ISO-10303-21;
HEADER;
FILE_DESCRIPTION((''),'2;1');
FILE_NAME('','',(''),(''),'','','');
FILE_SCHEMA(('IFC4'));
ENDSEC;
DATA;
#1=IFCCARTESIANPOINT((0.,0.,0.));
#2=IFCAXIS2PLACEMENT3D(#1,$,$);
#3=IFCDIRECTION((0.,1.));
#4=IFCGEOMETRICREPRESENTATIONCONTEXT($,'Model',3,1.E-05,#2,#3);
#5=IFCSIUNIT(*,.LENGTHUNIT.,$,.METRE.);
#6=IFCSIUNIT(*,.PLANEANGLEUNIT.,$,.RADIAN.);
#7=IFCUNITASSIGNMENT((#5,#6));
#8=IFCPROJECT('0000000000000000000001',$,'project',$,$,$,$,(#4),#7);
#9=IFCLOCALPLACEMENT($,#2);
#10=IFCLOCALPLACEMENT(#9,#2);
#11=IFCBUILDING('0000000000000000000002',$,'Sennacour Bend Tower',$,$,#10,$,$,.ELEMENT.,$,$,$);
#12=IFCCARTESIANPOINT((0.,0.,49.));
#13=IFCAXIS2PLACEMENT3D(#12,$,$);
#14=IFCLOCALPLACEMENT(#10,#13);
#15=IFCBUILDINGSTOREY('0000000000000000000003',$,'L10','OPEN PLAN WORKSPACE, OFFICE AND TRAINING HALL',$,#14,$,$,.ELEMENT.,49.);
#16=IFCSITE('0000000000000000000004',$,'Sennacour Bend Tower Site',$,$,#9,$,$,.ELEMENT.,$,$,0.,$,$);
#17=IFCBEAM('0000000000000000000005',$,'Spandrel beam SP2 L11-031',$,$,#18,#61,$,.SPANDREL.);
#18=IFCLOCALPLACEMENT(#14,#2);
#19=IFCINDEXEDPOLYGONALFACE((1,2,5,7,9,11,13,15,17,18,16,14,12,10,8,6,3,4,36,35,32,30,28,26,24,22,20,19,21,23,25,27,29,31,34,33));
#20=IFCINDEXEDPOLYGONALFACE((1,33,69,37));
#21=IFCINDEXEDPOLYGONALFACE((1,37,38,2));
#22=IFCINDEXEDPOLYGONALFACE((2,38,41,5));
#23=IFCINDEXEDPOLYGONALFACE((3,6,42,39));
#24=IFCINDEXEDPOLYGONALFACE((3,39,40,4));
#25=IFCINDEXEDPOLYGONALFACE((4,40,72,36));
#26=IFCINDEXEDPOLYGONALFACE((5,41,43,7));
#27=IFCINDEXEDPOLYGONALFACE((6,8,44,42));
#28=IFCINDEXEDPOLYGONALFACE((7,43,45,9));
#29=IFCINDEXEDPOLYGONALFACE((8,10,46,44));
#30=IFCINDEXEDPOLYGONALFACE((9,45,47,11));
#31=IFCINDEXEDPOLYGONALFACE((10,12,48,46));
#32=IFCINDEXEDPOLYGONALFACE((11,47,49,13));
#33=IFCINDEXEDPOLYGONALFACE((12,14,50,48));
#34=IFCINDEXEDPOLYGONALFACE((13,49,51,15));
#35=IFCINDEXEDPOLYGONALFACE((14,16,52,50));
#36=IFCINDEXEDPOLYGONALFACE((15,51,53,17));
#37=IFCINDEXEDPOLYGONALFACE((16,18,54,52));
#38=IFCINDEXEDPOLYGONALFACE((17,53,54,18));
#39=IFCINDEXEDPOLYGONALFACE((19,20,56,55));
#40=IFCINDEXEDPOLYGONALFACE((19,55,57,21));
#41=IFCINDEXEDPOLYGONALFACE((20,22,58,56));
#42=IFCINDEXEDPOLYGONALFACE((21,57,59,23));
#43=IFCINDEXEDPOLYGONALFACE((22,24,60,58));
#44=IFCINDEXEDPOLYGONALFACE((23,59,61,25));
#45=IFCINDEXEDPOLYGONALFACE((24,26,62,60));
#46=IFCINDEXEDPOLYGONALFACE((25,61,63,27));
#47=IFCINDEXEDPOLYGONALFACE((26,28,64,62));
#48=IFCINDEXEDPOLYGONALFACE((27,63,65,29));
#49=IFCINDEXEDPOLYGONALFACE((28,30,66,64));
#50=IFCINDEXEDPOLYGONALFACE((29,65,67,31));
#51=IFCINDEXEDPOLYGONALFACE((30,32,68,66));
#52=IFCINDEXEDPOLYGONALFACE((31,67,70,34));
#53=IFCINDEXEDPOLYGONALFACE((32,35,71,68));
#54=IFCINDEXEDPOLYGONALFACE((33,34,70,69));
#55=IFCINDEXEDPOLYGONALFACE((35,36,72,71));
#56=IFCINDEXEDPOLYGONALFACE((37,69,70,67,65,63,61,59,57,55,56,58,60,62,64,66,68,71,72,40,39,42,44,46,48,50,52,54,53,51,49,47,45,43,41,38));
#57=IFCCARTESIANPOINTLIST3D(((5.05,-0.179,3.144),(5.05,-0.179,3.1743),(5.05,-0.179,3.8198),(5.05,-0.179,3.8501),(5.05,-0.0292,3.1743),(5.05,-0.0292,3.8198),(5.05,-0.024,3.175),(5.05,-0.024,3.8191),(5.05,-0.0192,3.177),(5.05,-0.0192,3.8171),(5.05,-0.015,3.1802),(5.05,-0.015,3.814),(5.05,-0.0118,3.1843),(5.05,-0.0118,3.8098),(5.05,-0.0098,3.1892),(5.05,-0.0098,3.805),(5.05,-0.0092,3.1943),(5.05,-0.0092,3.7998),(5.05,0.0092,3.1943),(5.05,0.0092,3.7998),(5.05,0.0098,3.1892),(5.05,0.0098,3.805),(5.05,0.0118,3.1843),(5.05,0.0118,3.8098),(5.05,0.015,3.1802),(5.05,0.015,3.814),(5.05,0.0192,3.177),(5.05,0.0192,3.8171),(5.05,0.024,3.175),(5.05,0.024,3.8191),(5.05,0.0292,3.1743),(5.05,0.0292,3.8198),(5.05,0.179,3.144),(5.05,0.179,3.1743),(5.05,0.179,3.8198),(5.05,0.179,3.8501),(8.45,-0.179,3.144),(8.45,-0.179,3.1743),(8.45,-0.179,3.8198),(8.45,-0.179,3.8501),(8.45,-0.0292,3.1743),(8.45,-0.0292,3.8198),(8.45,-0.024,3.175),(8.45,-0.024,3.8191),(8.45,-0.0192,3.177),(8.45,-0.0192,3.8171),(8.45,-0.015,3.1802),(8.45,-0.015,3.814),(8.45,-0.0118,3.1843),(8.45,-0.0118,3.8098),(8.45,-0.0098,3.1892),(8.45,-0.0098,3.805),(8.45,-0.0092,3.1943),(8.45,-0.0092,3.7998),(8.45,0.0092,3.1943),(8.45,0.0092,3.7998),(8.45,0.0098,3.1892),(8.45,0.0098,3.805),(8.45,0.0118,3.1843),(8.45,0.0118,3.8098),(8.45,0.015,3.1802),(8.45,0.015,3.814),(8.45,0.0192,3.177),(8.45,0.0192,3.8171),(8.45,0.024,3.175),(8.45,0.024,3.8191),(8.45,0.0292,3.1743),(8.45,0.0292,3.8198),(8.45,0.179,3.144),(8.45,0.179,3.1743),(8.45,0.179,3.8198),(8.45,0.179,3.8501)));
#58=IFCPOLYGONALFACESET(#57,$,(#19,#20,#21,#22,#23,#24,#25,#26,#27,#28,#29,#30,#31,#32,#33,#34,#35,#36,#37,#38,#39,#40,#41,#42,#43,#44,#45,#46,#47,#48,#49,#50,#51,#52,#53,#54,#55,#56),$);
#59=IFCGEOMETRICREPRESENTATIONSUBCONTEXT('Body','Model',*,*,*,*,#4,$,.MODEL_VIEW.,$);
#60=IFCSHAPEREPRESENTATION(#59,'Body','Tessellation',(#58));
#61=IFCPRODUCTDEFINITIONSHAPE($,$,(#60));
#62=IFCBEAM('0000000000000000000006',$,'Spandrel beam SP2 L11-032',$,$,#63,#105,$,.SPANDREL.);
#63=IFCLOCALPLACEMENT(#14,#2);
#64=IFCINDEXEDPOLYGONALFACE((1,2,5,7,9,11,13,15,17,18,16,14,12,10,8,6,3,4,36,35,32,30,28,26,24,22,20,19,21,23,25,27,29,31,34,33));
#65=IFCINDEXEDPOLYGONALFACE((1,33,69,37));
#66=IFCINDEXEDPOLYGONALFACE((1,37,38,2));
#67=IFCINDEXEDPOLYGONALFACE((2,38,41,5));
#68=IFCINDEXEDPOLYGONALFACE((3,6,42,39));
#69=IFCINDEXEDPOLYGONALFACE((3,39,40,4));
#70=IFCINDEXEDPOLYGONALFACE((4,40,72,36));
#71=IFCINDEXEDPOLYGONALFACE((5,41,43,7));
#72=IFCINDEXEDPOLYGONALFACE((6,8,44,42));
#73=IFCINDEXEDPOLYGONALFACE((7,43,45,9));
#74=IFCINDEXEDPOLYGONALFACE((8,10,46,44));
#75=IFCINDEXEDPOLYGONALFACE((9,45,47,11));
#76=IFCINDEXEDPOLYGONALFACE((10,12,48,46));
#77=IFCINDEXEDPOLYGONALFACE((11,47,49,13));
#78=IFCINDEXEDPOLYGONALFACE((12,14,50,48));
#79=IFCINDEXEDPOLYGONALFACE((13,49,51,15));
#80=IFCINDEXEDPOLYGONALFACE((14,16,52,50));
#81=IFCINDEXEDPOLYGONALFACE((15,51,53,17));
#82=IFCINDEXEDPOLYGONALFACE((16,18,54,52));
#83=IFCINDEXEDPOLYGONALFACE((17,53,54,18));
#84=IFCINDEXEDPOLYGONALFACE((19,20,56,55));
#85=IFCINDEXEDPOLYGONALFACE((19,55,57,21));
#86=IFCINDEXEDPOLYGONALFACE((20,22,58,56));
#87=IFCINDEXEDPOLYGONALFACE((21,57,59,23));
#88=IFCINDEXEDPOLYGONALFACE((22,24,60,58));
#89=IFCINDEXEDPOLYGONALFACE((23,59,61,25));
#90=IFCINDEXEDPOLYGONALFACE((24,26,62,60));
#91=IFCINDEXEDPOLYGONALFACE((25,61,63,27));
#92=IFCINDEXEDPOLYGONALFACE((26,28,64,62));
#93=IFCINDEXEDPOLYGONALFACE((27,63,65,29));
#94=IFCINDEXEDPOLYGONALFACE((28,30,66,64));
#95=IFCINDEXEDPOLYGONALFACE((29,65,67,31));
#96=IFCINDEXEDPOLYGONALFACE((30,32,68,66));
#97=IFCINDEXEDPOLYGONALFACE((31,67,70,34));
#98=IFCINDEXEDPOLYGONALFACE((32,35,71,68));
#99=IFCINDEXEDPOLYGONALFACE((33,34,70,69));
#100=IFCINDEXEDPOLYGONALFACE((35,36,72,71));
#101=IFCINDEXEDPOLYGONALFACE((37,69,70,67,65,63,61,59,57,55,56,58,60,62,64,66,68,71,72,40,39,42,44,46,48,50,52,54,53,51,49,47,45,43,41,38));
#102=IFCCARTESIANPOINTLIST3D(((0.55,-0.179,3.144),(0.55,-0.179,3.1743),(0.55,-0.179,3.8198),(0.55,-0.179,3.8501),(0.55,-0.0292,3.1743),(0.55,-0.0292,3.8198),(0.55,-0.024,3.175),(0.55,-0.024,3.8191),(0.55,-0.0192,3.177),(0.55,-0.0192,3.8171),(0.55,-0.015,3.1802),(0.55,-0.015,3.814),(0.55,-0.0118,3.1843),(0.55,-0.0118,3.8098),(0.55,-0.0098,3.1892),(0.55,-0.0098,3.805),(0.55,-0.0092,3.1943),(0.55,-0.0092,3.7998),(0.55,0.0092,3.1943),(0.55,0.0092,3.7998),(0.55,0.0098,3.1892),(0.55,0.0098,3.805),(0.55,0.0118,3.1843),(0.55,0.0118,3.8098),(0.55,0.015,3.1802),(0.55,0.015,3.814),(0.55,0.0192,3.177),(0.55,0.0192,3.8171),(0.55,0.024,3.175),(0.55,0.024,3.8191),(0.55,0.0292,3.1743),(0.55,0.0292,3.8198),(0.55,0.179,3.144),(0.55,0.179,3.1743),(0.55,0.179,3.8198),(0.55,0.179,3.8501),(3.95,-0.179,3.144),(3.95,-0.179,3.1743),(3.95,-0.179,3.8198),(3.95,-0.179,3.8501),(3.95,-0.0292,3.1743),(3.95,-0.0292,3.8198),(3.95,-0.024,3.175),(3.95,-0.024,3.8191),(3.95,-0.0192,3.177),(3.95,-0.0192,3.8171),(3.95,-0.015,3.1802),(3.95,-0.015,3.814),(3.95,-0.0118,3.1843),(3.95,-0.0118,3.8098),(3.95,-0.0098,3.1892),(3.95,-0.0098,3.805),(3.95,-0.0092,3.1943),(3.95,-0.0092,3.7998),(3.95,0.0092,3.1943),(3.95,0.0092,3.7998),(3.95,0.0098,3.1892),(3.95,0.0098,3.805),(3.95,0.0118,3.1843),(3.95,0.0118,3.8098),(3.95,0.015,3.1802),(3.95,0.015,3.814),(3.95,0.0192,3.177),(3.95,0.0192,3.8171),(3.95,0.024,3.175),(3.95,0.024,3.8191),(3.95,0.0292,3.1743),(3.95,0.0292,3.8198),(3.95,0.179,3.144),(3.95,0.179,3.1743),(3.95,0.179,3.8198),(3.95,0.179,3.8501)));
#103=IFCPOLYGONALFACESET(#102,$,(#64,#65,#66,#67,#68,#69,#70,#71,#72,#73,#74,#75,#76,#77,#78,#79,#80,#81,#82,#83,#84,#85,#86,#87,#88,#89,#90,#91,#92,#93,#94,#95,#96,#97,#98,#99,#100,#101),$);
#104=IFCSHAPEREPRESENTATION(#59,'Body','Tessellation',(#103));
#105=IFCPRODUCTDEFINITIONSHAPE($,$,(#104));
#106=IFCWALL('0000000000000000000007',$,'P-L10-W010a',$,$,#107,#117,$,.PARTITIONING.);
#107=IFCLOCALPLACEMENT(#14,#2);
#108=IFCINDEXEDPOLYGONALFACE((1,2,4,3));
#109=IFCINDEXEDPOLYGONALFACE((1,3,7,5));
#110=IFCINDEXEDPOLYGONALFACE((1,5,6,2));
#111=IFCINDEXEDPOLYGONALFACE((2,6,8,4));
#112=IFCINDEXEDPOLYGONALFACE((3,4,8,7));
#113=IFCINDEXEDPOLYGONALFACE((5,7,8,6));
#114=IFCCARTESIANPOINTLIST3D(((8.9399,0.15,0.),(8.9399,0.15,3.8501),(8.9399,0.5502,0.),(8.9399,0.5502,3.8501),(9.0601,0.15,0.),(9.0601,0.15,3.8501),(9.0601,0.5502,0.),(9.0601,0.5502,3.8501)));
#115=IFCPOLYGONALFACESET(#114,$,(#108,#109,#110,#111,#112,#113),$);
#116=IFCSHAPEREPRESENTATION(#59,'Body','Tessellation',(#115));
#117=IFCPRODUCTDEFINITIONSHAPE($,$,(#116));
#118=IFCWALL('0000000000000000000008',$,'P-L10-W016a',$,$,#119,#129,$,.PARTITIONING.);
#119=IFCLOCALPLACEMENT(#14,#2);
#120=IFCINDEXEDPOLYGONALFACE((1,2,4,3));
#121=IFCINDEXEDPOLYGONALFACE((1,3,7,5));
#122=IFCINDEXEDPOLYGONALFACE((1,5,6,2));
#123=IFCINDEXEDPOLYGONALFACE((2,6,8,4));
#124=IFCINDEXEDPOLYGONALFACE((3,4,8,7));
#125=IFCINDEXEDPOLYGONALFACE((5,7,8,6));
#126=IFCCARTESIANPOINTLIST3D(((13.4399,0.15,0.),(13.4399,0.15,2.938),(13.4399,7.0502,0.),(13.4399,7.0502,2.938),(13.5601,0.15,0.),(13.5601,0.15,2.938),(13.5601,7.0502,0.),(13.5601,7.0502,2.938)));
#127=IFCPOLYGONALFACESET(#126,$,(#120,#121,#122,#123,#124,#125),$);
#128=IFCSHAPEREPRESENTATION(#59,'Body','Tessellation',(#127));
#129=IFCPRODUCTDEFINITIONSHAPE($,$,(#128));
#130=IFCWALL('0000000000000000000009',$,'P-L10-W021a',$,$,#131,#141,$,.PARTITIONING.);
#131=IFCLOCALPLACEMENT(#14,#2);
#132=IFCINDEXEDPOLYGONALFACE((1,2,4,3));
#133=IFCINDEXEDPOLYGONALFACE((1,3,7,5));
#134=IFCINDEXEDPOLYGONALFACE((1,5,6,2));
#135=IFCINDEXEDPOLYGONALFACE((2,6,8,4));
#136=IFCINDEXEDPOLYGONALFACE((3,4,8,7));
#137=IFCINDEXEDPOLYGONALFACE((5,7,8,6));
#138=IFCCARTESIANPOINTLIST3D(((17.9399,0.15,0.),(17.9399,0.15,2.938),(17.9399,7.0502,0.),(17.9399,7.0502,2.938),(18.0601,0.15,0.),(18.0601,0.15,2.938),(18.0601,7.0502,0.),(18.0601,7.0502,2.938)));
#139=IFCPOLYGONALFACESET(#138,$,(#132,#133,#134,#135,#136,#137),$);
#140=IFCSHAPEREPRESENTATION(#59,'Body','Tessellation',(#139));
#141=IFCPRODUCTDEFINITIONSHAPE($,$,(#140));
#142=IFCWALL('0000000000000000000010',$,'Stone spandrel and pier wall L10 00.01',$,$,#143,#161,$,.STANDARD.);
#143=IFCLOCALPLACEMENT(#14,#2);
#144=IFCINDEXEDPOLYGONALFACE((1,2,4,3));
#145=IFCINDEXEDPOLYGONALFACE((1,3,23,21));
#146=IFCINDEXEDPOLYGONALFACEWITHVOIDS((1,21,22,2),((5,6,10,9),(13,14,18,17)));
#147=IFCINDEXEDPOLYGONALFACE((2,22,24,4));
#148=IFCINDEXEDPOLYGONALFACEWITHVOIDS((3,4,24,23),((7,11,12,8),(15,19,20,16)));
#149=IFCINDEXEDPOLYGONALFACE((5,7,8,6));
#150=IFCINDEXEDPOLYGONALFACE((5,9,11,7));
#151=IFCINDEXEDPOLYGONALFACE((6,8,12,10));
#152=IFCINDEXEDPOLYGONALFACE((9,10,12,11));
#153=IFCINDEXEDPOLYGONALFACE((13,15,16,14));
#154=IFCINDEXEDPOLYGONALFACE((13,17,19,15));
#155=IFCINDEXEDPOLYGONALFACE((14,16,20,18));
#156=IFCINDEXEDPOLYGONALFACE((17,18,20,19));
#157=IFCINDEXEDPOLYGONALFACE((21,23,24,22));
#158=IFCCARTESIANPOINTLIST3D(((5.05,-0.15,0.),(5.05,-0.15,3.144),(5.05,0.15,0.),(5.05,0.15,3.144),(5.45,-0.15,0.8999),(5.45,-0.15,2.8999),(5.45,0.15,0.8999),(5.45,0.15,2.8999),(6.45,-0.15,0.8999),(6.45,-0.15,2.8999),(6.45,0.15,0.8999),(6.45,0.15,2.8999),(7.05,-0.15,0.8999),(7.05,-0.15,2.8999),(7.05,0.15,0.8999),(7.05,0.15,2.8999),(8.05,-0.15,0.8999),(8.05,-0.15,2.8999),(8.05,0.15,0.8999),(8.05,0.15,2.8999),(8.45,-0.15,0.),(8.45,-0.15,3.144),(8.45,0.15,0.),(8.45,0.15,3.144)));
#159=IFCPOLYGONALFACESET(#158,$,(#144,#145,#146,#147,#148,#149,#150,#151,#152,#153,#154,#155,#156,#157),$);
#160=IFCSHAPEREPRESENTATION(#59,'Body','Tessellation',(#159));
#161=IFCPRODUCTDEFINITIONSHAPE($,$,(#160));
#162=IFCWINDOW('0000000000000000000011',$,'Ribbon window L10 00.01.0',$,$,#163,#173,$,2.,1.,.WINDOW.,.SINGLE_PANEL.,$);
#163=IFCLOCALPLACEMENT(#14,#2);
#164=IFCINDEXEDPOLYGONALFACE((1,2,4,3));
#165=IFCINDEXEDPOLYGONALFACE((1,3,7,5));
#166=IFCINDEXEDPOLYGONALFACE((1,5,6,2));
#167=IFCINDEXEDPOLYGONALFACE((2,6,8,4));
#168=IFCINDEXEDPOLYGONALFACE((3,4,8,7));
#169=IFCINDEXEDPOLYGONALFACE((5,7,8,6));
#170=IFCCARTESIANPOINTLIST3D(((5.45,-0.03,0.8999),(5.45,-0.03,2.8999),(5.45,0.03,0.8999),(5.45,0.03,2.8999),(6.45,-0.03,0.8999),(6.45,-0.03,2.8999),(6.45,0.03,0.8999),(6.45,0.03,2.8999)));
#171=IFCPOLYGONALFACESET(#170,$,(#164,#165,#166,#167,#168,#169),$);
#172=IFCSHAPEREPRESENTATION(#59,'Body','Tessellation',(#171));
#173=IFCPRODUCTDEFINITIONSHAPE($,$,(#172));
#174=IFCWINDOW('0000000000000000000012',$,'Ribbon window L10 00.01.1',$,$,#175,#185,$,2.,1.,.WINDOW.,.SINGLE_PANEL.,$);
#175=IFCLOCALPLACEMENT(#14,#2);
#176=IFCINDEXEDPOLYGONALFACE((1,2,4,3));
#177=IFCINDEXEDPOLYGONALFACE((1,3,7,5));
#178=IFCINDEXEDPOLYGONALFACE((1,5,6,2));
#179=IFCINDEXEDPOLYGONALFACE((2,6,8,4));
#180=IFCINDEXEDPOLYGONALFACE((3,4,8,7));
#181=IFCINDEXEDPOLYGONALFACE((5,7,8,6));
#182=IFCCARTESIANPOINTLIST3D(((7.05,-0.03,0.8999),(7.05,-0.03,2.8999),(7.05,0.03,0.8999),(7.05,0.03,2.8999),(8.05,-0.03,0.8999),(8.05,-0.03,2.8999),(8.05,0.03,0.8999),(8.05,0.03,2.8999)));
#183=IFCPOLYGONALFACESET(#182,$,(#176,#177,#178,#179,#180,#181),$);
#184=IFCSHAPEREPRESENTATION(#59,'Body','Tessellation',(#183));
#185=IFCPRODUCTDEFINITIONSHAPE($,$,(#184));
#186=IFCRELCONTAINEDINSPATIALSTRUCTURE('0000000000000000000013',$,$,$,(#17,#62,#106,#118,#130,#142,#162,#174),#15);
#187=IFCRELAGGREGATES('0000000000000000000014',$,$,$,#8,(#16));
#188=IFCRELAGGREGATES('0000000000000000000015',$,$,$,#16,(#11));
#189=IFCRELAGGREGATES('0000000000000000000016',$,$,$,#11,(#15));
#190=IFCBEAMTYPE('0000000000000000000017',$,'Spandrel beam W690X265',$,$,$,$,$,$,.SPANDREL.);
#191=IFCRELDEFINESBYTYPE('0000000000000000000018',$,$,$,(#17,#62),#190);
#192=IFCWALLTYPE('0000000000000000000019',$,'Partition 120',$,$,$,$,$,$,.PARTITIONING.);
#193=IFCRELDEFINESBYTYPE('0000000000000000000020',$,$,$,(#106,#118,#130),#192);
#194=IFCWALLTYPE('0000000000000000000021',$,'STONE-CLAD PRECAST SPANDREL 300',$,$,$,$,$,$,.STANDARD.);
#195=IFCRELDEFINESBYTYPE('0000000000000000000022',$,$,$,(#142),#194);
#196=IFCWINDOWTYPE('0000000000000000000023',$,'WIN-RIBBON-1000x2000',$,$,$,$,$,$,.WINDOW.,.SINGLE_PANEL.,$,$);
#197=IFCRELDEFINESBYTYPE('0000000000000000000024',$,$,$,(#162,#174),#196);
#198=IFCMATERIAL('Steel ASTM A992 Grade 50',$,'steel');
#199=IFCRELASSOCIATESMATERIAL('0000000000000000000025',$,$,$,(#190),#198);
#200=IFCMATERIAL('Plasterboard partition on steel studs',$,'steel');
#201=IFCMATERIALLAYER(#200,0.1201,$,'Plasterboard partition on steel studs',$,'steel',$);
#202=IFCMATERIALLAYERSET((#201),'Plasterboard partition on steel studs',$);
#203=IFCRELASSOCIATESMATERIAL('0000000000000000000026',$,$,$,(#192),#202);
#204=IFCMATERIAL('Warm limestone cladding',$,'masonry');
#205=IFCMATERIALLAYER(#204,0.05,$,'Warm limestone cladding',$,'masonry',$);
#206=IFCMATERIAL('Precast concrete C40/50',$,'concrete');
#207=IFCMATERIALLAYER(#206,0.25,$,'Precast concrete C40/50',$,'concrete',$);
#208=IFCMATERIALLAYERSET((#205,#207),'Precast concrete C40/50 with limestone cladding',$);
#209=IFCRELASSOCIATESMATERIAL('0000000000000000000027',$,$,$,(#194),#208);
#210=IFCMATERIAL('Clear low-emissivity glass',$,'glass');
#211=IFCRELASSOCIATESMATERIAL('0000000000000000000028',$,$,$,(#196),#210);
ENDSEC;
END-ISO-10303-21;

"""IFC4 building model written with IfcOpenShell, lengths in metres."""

from ifc_helpers import new_model, si_unit, direction, frame, frame_2d, origin, origin_2d, place, context, subcontext, project, spatial, rectangle, i_section, extrude, material, layer, layer_set, material_profile, profile_set, type_object, element, fill, save


model = new_model("IFC4")

# Units and contexts
model_context = context("Model", 3, precision=1e-05, world=origin(), true_north=direction((0.0, 1.0)))
body_context = subcontext(model_context, "Body", "Model", "MODEL_VIEW")
ifc_project = project(units=[si_unit("LENGTHUNIT", "METRE"), si_unit("PLANEANGLEUNIT", "RADIAN")], contexts=[model_context])

# Site, building, storey
site_placement = place(None, origin())
site = spatial("IfcSite", under=ifc_project, at=site_placement, Name="Sennacour Bend Tower Site", CompositionType="ELEMENT", RefElevation=0.0)
building_placement = place(site_placement, origin())
building = spatial("IfcBuilding", under=site, at=building_placement, Name="Sennacour Bend Tower", CompositionType="ELEMENT")
storey_placement = place(building_placement, frame((0.0, 0.0, 49.0)))
storey = spatial("IfcBuildingStorey", under=building, at=storey_placement, Name="L10", Description="OPEN PLAN WORKSPACE, OFFICE AND TRAINING HALL", CompositionType="ELEMENT", Elevation=49.0)

# Beams
ifc_material_1 = material(Name="Steel ASTM A992 Grade 50", Category="steel")
ifc_material_profile_1 = material_profile(ifc_material_1, i_section(OverallWidth=0.3579, OverallDepth=0.7061, WebThickness=0.0183, FlangeThickness=0.0303, FilletRadius=0.02, at=origin_2d()), Name="Steel ASTM A992 Grade 50", Category="steel")
ifc_profile_set_1 = profile_set([ifc_material_profile_1], Name="Steel ASTM A992 Grade 50")
beam_type_1 = type_object("IfcBeamType", Name="Spandrel beam W690X265", PredefinedType="SPANDREL", material=ifc_profile_set_1)
for number, where, z_axis, x_axis, name in (
    (1, (8.45, 0.0, 3.4971), (-1.0, 0.0, 0.0), (0.0, -1.0, 0.0), "Spandrel beam SP2 L11-031"),
    (2, (3.95, 0.0, 3.4971), (-1.0, 0.0, 0.0), (0.0, -1.0, 0.0), "Spandrel beam SP2 L11-032"),
):
    element("IfcBeam", number, at=place(storey_placement, frame(where, z_axis=z_axis, x_axis=x_axis)), inside=storey, type_object=beam_type_1, Name=name, PredefinedType="SPANDREL", context=body_context, shape_type="SweptSolid", body=[
        extrude(i_section(OverallWidth=0.3579, OverallDepth=0.7061, WebThickness=0.0183, FlangeThickness=0.0303, FilletRadius=0.02, at=origin_2d()), origin(), (0.0, 0.0, 1.0), 3.3999),
    ])

# Walls
ifc_material_2 = material(Name="Plasterboard partition on steel studs", Category="steel")
ifc_layer_1 = layer(ifc_material_2, 0.1201, Name="Plasterboard partition on steel studs", Category="steel")
ifc_layer_set_1 = layer_set([ifc_layer_1], Name="Plasterboard partition on steel studs")
wall_type_1 = type_object("IfcWallType", Name="Partition 120", PredefinedType="PARTITIONING", material=ifc_layer_set_1)
wall_1_placement = place(storey_placement, frame((9.0, 0.1499, 0.0), z_axis=(0.0, 0.0, 1.0), x_axis=(0.0, 1.0, 0.0)))
element("IfcWall", 3, at=wall_1_placement, inside=storey, type_object=wall_type_1, Name="P-L10-W010a", PredefinedType="PARTITIONING", context=body_context, shape_type="SweptSolid", body=[
    extrude(rectangle(XDim=0.4001, YDim=0.1201, at=frame_2d((0.2002, 0.0))), origin(), (0.0, 0.0, 1.0), 3.8501),
])
for number, where, z_axis, x_axis, name in (
    (4, (13.5, 0.1499, 0.0), (0.0, 0.0, 1.0), (0.0, 1.0, 0.0), "P-L10-W016a"),
    (5, (18.0, 0.1499, 0.0), (0.0, 0.0, 1.0), (0.0, 1.0, 0.0), "P-L10-W021a"),
):
    element("IfcWall", number, at=place(storey_placement, frame(where, z_axis=z_axis, x_axis=x_axis)), inside=storey, type_object=wall_type_1, Name=name, PredefinedType="PARTITIONING", context=body_context, shape_type="SweptSolid", body=[
        extrude(rectangle(XDim=6.9001, YDim=0.1201, at=frame_2d((3.4502, 0.0))), origin(), (0.0, 0.0, 1.0), 2.938),
    ])

# Wall, openings, windows
ifc_material_3 = material(Name="Warm limestone cladding", Category="masonry")
ifc_layer_2 = layer(ifc_material_3, 0.05, Name="Warm limestone cladding", Category="masonry")
ifc_material_4 = material(Name="Precast concrete C40/50", Category="concrete")
ifc_layer_3 = layer(ifc_material_4, 0.25, Name="Precast concrete C40/50", Category="concrete")
ifc_layer_set_2 = layer_set([ifc_layer_2, ifc_layer_3], Name="Precast concrete C40/50 with limestone cladding")
wall_type_2 = type_object("IfcWallType", Name="STONE-CLAD PRECAST SPANDREL 300", PredefinedType="STANDARD", material=ifc_layer_set_2)
wall_2_placement = place(storey_placement, frame((5.05, 0.0, 0.0), z_axis=(0.0, 0.0, 1.0), x_axis=(1.0, 0.0, 0.0)))
wall_2 = element("IfcWall", 6, at=wall_2_placement, inside=storey, type_object=wall_type_2, Name="Stone spandrel and pier wall L10 00.01", PredefinedType="STANDARD", context=body_context, shape_type="SweptSolid", body=[
    extrude(rectangle(XDim=3.3999, YDim=0.3, at=frame_2d((1.7, 0.0))), origin(), (0.0, 0.0, 1.0), 3.144),
])
opening_1_placement = place(wall_2_placement, frame((0.3999, 0.0, 0.8999)))
opening_1 = element("IfcOpeningElement", 7, at=opening_1_placement, cuts=wall_2, PredefinedType="OPENING", context=body_context, shape_type="SweptSolid", body=[
    extrude(rectangle(XDim=1.0, YDim=2.0, at=frame_2d((0.5, 1.0))), frame((0.0, 0.1602, 0.0), z_axis=(0.0, -1.0, 0.0), x_axis=(1.0, 0.0, 0.0)), (0.0, 0.0, 1.0), 0.3201),
])
opening_2_placement = place(wall_2_placement, frame((2.0, 0.0, 0.8999)))
opening_2 = element("IfcOpeningElement", 8, at=opening_2_placement, cuts=wall_2, PredefinedType="OPENING", context=body_context, shape_type="SweptSolid", body=[
    extrude(rectangle(XDim=1.0, YDim=2.0, at=frame_2d((0.5, 1.0))), frame((0.0, 0.1602, 0.0), z_axis=(0.0, -1.0, 0.0), x_axis=(1.0, 0.0, 0.0)), (0.0, 0.0, 1.0), 0.3201),
])
ifc_material_5 = material(Name="Clear low-emissivity glass", Category="glass")
window_type = type_object("IfcWindowType", Name="WIN-RIBBON-1000x2000", PartitioningType="SINGLE_PANEL", PredefinedType="WINDOW", material=ifc_material_5)
window_1_placement = place(opening_1_placement, origin())
window_1 = element("IfcWindow", 9, at=window_1_placement, inside=storey, type_object=window_type, Name="Ribbon window L10 00.01.0", OverallHeight=2.0, OverallWidth=1.0, PartitioningType="SINGLE_PANEL", PredefinedType="WINDOW", context=body_context, shape_type="SweptSolid", body=[
    extrude(rectangle(XDim=1.0, YDim=2.0, at=frame_2d((0.5, 1.0))), frame((0.0, 0.03, 0.0), z_axis=(0.0, -1.0, 0.0), x_axis=(1.0, 0.0, 0.0)), (0.0, 0.0, 1.0), 0.0601),
])
fill(opening_1, window_1)
window_2_placement = place(opening_2_placement, origin())
window_2 = element("IfcWindow", 10, at=window_2_placement, inside=storey, type_object=window_type, Name="Ribbon window L10 00.01.1", OverallHeight=2.0, OverallWidth=1.0, PartitioningType="SINGLE_PANEL", PredefinedType="WINDOW", context=body_context, shape_type="SweptSolid", body=[
    extrude(rectangle(XDim=1.0, YDim=2.0, at=frame_2d((0.5, 1.0))), frame((0.0, 0.03, 0.0), z_axis=(0.0, -1.0, 0.0), x_axis=(1.0, 0.0, 0.0)), (0.0, 0.0, 1.0), 0.0601),
])
fill(opening_2, window_2)

save(model, "model.ifc")
